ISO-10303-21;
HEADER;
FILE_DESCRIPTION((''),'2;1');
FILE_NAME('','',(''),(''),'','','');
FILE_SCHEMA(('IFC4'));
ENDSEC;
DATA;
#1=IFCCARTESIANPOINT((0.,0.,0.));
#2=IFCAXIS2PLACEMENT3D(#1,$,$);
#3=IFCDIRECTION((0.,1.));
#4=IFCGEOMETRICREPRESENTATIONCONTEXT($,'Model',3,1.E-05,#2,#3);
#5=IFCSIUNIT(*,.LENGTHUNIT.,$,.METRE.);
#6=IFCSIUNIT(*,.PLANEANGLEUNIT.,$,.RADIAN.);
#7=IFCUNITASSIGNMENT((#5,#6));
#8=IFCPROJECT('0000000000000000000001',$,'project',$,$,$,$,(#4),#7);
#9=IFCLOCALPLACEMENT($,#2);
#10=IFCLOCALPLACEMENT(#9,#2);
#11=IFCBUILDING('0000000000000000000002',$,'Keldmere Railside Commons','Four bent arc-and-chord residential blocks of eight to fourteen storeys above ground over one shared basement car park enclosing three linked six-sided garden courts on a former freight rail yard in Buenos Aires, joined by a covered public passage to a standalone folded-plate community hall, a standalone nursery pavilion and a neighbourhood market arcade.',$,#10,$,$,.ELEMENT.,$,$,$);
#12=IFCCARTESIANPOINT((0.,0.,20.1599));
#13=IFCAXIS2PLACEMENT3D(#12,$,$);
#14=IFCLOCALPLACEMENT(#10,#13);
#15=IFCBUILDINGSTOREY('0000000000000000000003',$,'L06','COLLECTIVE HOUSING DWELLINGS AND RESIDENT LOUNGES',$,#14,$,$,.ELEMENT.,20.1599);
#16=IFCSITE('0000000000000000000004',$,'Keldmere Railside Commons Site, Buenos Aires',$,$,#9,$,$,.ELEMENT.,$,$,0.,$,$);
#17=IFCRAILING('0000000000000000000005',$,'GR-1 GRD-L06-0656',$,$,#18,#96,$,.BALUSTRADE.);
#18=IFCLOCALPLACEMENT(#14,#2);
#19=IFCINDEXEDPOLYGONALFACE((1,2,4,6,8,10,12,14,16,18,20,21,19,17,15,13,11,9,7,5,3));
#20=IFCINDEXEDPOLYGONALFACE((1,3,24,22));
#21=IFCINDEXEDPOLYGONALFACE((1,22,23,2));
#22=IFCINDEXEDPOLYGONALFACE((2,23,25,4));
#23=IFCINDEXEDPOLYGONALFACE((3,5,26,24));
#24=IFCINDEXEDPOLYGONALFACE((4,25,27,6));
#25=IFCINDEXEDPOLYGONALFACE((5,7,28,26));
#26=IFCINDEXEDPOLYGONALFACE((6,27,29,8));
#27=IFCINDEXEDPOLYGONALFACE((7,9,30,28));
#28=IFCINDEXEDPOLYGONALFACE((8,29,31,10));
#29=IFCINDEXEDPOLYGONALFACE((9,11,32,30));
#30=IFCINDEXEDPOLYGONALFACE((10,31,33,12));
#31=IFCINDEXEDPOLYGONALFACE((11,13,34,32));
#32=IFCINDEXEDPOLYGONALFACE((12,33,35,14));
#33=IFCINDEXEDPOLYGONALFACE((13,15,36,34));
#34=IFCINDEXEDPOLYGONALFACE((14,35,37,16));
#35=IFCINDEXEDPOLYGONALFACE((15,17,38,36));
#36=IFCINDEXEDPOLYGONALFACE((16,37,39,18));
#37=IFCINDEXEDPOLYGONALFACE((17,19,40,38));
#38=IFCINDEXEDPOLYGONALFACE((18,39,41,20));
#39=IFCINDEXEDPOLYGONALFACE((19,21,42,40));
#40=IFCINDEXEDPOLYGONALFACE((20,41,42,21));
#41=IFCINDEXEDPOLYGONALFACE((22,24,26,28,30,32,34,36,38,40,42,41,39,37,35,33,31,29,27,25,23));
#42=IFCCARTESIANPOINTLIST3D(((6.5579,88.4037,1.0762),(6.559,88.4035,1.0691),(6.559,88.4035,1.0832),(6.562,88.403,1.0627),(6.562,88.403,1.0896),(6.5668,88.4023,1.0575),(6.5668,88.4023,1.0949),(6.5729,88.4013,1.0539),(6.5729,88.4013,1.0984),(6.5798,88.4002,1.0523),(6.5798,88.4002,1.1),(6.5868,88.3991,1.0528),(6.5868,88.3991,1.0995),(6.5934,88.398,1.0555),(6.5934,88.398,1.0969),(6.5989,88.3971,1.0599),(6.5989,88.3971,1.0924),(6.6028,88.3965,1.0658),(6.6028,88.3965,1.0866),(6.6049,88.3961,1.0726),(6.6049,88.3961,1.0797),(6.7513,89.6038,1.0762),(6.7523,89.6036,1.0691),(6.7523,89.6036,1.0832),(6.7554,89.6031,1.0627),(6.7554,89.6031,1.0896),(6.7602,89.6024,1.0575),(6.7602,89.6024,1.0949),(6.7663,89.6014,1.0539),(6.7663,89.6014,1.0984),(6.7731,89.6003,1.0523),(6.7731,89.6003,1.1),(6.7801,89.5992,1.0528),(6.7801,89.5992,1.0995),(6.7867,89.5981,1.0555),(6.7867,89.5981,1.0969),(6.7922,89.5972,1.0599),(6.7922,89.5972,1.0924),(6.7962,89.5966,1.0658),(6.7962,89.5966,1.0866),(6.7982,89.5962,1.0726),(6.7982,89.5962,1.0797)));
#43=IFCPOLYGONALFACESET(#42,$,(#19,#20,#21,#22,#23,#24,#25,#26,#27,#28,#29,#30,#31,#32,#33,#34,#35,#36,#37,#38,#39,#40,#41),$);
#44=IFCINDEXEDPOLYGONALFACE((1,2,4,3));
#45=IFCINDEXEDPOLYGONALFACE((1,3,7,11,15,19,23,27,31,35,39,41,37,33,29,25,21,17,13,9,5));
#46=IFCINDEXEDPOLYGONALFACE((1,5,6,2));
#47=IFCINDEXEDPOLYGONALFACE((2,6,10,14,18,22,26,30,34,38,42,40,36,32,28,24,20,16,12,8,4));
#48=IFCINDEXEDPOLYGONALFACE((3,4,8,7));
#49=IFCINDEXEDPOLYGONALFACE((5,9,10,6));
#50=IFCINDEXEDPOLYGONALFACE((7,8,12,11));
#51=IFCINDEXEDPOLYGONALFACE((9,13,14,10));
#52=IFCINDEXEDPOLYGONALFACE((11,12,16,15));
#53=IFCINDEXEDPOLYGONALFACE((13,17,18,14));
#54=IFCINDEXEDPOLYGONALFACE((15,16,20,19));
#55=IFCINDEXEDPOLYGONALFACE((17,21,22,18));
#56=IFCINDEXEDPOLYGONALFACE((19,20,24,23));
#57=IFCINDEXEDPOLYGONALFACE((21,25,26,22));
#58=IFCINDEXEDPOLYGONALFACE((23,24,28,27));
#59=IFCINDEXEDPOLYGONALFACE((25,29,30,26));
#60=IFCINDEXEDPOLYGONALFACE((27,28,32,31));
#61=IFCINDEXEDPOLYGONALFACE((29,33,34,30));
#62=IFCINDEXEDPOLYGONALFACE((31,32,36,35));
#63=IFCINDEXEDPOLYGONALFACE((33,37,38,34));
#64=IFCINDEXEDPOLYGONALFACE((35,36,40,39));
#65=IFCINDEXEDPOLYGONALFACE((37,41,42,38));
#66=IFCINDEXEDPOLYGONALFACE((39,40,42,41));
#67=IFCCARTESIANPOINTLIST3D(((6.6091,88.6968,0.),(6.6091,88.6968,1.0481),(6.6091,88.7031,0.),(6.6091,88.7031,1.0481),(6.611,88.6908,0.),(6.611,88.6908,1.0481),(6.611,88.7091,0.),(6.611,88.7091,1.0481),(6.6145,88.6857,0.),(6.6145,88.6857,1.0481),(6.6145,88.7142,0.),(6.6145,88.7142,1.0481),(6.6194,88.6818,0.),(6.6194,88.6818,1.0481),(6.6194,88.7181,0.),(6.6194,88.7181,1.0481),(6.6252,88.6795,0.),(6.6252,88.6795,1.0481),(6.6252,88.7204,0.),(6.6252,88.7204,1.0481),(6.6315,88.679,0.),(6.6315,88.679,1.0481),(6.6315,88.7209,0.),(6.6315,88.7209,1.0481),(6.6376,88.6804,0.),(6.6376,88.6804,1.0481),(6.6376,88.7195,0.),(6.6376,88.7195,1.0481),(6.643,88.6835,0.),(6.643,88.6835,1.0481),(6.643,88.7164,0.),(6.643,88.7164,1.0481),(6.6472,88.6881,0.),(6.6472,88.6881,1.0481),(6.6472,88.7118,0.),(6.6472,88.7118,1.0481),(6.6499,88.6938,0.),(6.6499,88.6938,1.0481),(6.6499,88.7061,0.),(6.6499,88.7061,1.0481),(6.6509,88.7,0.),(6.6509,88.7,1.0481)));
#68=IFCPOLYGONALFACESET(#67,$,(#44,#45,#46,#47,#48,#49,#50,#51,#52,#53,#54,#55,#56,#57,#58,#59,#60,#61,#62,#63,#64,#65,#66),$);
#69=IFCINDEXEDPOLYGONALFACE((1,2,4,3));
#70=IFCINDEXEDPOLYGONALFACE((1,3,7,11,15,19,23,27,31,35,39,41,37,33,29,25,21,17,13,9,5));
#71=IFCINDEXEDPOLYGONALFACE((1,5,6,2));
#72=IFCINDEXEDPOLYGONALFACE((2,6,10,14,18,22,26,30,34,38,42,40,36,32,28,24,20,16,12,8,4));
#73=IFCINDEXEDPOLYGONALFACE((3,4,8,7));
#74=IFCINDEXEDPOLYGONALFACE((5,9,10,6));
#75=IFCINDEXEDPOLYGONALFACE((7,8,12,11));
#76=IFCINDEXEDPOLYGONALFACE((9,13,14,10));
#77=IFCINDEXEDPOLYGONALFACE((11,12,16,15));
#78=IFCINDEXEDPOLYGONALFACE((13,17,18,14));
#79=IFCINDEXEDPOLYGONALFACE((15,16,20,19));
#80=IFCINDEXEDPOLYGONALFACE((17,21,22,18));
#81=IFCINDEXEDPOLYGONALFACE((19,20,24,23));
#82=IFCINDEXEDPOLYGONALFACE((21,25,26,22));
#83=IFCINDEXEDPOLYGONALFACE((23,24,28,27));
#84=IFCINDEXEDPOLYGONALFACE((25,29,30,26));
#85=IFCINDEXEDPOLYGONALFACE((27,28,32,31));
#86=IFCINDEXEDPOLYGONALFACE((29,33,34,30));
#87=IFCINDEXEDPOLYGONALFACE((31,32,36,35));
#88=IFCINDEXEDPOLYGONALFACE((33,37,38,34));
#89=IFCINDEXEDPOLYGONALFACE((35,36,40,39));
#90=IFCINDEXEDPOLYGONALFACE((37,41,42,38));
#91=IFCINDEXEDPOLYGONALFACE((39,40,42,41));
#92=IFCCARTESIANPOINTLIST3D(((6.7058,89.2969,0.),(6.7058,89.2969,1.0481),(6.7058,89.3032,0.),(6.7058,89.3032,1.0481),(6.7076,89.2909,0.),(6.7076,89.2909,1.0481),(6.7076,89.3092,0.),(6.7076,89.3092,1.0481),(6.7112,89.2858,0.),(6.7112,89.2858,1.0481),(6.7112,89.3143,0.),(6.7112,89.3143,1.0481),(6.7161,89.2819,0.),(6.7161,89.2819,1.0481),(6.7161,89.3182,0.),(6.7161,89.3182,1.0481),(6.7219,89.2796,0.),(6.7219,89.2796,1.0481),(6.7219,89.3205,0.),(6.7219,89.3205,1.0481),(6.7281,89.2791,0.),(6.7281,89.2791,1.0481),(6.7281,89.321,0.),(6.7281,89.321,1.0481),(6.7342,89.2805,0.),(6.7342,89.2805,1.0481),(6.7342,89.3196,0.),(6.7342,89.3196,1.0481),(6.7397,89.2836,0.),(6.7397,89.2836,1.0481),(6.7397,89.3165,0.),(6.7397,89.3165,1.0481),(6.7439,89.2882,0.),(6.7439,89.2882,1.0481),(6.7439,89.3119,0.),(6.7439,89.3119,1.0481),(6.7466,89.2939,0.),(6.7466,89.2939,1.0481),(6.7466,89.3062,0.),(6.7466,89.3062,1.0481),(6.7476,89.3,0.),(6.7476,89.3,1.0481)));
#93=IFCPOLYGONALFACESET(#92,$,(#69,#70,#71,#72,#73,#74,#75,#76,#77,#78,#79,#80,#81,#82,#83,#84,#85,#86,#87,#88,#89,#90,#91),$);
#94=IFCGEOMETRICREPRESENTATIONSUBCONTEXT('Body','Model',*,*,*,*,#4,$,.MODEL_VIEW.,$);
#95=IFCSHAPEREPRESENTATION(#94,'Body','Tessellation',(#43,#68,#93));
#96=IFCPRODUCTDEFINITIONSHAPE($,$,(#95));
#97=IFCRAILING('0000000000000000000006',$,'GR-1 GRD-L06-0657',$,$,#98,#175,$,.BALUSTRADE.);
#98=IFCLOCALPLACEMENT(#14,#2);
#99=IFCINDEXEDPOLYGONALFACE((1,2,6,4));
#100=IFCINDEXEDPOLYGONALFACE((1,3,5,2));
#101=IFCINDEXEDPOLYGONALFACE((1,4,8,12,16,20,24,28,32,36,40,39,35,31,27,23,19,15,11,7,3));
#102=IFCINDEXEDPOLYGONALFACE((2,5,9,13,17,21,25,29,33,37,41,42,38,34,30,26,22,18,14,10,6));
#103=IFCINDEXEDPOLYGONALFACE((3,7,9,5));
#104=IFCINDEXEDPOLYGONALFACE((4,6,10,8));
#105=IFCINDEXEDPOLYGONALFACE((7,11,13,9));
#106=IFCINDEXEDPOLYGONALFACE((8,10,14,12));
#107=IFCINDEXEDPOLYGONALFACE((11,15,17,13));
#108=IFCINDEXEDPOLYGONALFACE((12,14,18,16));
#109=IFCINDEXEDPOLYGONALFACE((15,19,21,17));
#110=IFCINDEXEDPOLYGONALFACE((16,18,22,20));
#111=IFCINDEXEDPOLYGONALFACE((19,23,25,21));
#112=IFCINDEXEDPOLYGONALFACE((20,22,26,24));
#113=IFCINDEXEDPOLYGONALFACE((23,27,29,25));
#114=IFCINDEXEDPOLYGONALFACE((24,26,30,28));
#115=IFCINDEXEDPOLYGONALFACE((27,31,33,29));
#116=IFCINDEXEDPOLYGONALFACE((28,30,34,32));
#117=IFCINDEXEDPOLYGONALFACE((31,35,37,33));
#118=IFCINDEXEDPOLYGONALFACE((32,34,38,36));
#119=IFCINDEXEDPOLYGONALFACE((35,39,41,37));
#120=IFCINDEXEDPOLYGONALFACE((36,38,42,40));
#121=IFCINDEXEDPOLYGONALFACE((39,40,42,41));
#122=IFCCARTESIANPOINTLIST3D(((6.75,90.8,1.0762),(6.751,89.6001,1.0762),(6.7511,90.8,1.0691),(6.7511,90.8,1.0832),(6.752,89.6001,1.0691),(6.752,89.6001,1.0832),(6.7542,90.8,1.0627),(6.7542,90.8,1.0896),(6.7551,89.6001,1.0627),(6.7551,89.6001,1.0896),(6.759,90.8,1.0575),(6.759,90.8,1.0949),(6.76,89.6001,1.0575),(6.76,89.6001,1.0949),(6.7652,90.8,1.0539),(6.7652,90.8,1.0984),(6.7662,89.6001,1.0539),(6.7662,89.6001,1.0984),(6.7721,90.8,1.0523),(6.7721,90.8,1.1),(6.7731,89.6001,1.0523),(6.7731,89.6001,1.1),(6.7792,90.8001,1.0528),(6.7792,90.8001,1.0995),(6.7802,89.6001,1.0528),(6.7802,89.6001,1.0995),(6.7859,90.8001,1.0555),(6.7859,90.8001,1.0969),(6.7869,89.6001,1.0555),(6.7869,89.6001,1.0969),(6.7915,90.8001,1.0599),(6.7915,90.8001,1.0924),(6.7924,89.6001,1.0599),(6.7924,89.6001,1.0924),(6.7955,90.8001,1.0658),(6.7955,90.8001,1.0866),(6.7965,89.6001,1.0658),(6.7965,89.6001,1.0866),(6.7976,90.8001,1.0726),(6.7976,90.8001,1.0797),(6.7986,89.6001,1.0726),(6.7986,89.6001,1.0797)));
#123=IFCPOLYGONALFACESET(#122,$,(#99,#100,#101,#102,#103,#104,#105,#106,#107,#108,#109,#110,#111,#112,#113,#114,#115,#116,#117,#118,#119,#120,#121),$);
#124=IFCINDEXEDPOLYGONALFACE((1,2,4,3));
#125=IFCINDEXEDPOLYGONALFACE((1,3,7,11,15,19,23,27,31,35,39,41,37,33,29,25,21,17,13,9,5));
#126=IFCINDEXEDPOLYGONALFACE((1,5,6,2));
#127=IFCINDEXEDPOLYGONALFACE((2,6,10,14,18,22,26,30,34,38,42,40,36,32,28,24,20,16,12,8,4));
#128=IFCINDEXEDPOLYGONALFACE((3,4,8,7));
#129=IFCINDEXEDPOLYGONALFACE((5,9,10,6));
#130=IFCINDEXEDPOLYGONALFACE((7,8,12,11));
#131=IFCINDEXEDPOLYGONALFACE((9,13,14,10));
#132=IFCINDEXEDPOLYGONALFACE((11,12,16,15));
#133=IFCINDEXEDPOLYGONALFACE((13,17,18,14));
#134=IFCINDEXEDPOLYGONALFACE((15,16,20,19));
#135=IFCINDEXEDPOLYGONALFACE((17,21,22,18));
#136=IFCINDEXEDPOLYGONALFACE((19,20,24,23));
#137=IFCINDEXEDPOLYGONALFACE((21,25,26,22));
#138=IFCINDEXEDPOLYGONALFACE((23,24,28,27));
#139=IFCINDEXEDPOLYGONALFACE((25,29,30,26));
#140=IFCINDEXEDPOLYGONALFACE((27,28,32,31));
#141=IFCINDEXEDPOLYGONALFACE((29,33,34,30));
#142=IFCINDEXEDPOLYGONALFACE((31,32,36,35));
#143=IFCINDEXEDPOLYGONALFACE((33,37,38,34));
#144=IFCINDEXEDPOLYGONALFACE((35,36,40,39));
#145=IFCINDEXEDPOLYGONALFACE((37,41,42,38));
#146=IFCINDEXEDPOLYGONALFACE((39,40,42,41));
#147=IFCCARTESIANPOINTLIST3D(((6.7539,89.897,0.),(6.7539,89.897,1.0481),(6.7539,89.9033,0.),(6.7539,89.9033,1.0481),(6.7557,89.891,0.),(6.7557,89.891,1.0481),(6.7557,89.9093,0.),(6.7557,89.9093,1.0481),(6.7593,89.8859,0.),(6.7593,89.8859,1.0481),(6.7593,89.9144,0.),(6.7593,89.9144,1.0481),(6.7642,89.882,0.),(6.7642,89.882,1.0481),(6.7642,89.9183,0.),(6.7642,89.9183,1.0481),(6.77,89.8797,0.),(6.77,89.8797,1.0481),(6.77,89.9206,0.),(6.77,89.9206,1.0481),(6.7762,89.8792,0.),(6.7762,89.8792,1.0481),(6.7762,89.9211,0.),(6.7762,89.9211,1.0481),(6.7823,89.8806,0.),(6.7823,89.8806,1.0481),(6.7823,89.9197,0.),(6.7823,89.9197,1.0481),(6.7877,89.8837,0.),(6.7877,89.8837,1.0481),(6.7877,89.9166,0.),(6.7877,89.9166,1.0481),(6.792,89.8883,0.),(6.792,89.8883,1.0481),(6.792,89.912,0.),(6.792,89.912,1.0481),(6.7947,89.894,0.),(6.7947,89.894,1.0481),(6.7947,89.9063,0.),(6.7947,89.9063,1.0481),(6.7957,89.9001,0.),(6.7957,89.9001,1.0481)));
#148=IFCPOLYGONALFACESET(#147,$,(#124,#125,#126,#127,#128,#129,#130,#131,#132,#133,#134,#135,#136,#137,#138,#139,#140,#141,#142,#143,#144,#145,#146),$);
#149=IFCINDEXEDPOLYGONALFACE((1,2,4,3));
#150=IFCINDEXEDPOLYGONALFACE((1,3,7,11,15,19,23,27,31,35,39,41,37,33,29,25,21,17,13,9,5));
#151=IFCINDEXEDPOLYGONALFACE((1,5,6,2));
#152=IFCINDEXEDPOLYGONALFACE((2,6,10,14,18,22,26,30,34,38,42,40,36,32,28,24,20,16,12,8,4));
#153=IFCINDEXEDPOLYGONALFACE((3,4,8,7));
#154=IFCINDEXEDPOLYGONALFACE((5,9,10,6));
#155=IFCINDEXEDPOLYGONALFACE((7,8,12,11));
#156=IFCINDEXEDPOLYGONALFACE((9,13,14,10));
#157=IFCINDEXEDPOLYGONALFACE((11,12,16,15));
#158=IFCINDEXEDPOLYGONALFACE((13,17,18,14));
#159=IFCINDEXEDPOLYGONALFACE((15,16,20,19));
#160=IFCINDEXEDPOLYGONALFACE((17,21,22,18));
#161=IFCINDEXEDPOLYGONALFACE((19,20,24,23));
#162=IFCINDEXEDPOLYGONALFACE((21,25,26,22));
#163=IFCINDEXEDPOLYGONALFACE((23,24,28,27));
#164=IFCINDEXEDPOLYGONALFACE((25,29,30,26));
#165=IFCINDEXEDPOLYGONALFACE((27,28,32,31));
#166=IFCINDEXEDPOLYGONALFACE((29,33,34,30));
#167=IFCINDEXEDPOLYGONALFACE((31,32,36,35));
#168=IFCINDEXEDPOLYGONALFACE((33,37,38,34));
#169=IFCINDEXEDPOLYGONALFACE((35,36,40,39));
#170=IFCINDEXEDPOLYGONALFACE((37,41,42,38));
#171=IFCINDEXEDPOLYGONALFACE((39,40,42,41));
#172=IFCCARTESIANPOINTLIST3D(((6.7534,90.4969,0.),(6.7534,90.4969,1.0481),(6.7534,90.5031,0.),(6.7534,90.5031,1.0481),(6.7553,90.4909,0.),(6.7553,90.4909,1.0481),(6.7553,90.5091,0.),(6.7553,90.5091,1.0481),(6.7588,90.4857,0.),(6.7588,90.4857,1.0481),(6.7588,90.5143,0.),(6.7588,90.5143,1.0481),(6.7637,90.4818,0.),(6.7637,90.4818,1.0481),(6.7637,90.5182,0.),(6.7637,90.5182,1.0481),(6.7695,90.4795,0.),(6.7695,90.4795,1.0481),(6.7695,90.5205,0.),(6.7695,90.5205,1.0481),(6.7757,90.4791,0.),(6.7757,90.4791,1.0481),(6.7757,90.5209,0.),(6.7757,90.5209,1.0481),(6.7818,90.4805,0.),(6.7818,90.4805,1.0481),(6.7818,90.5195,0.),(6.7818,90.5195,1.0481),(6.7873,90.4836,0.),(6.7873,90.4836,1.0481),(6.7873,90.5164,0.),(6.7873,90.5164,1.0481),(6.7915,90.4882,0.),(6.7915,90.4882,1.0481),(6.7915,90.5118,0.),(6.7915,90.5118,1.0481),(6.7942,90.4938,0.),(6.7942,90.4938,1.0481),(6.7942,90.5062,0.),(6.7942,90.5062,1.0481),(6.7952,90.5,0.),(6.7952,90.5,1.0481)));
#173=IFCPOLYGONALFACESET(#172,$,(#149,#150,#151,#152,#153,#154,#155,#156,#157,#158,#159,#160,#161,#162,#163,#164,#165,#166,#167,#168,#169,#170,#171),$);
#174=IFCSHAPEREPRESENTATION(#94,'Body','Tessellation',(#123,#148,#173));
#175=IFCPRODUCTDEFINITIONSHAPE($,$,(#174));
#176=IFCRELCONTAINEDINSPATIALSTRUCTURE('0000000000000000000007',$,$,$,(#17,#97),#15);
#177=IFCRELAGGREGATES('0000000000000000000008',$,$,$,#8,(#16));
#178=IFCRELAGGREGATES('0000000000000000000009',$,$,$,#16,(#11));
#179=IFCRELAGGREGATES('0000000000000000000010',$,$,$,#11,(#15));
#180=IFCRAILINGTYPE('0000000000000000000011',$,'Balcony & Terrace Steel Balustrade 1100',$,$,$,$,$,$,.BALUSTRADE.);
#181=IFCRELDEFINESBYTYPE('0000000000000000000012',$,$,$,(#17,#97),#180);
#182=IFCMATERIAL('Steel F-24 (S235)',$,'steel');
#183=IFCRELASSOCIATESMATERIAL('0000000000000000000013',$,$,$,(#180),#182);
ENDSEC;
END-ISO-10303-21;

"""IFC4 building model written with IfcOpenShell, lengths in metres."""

from ifc_helpers import new_model, si_unit, direction, frame, origin, origin_2d, place, context, subcontext, project, spatial, circle, extrude, material, type_object, element, save


model = new_model("IFC4")

# Units and contexts
model_context = context("Model", 3, precision=1e-05, world=origin(), true_north=direction((0.0, 1.0)))
body_context = subcontext(model_context, "Body", "Model", "MODEL_VIEW")
ifc_project = project(units=[si_unit("LENGTHUNIT", "METRE"), si_unit("PLANEANGLEUNIT", "RADIAN")], contexts=[model_context])

# Site, building, storey
site_placement = place(None, origin())
site = spatial("IfcSite", under=ifc_project, at=site_placement, Name="Keldmere Railside Commons Site, Buenos Aires", CompositionType="ELEMENT", RefElevation=0.0)
building_placement = place(site_placement, origin())
building = spatial("IfcBuilding", under=site, at=building_placement, Name="Keldmere Railside Commons", Description="Four bent arc-and-chord residential blocks of eight to fourteen storeys above ground over one shared basement car park enclosing three linked six-sided garden courts on a former freight rail yard in Buenos Aires, joined by a covered public passage to a standalone folded-plate community hall, a standalone nursery pavilion and a neighbourhood market arcade.", CompositionType="ELEMENT")
storey_placement = place(building_placement, frame((0.0, 0.0, 20.1599)))
storey = spatial("IfcBuildingStorey", under=building, at=storey_placement, Name="L06", Description="COLLECTIVE HOUSING DWELLINGS AND RESIDENT LOUNGES", CompositionType="ELEMENT", Elevation=20.1599)

# Shared definitions
ifc_material_1 = material(Name="Steel F-24 (S235)", Category="steel")

# Railings
railing_type = type_object("IfcRailingType", Name="Balcony & Terrace Steel Balustrade 1100", PredefinedType="BALUSTRADE", material=ifc_material_1)
railing_1_placement = place(storey_placement, frame((6.5815, 88.3999, 0.0)))
element("IfcRailing", 1, at=railing_1_placement, inside=storey, type_object=railing_type, Name="GR-1 GRD-L06-0656", PredefinedType="BALUSTRADE", context=body_context, shape_type="SweptSolid", body=[
    extrude(circle(Radius=0.0239, at=origin_2d()), frame((0.0, 0.0, 1.0762), z_axis=(0.159056, 0.98727, 0.0), x_axis=(-0.98727, 0.159056, 0.0)), (0.0, 0.0, 1.0), 1.2156),
    extrude(circle(Radius=0.021, at=origin_2d()), frame((0.0483, 0.3, 0.0)), (0.0, 0.0, 1.0), 1.0481),
    extrude(circle(Radius=0.021, at=origin_2d()), frame((0.145, 0.9001, 0.0)), (0.0, 0.0, 1.0), 1.0481),
])
railing_2_placement = place(storey_placement, frame((6.7749, 89.6001, 0.0)))
element("IfcRailing", 2, at=railing_2_placement, inside=storey, type_object=railing_type, Name="GR-1 GRD-L06-0657", PredefinedType="BALUSTRADE", context=body_context, shape_type="SweptSolid", body=[
    extrude(circle(Radius=0.0239, at=origin_2d()), frame((0.0, 0.0, 1.0762), z_axis=(-0.000814, 1.0, 0.0), x_axis=(-1.0, -0.000814, 0.0)), (0.0, 0.0, 1.0), 1.2),
    extrude(circle(Radius=0.021, at=origin_2d()), frame((-0.0002, 0.3, 0.0)), (0.0, 0.0, 1.0), 1.0481),
    extrude(circle(Radius=0.021, at=origin_2d()), frame((-0.0007, 0.8999, 0.0)), (0.0, 0.0, 1.0), 1.0481),
])

save(model, "model.ifc")
